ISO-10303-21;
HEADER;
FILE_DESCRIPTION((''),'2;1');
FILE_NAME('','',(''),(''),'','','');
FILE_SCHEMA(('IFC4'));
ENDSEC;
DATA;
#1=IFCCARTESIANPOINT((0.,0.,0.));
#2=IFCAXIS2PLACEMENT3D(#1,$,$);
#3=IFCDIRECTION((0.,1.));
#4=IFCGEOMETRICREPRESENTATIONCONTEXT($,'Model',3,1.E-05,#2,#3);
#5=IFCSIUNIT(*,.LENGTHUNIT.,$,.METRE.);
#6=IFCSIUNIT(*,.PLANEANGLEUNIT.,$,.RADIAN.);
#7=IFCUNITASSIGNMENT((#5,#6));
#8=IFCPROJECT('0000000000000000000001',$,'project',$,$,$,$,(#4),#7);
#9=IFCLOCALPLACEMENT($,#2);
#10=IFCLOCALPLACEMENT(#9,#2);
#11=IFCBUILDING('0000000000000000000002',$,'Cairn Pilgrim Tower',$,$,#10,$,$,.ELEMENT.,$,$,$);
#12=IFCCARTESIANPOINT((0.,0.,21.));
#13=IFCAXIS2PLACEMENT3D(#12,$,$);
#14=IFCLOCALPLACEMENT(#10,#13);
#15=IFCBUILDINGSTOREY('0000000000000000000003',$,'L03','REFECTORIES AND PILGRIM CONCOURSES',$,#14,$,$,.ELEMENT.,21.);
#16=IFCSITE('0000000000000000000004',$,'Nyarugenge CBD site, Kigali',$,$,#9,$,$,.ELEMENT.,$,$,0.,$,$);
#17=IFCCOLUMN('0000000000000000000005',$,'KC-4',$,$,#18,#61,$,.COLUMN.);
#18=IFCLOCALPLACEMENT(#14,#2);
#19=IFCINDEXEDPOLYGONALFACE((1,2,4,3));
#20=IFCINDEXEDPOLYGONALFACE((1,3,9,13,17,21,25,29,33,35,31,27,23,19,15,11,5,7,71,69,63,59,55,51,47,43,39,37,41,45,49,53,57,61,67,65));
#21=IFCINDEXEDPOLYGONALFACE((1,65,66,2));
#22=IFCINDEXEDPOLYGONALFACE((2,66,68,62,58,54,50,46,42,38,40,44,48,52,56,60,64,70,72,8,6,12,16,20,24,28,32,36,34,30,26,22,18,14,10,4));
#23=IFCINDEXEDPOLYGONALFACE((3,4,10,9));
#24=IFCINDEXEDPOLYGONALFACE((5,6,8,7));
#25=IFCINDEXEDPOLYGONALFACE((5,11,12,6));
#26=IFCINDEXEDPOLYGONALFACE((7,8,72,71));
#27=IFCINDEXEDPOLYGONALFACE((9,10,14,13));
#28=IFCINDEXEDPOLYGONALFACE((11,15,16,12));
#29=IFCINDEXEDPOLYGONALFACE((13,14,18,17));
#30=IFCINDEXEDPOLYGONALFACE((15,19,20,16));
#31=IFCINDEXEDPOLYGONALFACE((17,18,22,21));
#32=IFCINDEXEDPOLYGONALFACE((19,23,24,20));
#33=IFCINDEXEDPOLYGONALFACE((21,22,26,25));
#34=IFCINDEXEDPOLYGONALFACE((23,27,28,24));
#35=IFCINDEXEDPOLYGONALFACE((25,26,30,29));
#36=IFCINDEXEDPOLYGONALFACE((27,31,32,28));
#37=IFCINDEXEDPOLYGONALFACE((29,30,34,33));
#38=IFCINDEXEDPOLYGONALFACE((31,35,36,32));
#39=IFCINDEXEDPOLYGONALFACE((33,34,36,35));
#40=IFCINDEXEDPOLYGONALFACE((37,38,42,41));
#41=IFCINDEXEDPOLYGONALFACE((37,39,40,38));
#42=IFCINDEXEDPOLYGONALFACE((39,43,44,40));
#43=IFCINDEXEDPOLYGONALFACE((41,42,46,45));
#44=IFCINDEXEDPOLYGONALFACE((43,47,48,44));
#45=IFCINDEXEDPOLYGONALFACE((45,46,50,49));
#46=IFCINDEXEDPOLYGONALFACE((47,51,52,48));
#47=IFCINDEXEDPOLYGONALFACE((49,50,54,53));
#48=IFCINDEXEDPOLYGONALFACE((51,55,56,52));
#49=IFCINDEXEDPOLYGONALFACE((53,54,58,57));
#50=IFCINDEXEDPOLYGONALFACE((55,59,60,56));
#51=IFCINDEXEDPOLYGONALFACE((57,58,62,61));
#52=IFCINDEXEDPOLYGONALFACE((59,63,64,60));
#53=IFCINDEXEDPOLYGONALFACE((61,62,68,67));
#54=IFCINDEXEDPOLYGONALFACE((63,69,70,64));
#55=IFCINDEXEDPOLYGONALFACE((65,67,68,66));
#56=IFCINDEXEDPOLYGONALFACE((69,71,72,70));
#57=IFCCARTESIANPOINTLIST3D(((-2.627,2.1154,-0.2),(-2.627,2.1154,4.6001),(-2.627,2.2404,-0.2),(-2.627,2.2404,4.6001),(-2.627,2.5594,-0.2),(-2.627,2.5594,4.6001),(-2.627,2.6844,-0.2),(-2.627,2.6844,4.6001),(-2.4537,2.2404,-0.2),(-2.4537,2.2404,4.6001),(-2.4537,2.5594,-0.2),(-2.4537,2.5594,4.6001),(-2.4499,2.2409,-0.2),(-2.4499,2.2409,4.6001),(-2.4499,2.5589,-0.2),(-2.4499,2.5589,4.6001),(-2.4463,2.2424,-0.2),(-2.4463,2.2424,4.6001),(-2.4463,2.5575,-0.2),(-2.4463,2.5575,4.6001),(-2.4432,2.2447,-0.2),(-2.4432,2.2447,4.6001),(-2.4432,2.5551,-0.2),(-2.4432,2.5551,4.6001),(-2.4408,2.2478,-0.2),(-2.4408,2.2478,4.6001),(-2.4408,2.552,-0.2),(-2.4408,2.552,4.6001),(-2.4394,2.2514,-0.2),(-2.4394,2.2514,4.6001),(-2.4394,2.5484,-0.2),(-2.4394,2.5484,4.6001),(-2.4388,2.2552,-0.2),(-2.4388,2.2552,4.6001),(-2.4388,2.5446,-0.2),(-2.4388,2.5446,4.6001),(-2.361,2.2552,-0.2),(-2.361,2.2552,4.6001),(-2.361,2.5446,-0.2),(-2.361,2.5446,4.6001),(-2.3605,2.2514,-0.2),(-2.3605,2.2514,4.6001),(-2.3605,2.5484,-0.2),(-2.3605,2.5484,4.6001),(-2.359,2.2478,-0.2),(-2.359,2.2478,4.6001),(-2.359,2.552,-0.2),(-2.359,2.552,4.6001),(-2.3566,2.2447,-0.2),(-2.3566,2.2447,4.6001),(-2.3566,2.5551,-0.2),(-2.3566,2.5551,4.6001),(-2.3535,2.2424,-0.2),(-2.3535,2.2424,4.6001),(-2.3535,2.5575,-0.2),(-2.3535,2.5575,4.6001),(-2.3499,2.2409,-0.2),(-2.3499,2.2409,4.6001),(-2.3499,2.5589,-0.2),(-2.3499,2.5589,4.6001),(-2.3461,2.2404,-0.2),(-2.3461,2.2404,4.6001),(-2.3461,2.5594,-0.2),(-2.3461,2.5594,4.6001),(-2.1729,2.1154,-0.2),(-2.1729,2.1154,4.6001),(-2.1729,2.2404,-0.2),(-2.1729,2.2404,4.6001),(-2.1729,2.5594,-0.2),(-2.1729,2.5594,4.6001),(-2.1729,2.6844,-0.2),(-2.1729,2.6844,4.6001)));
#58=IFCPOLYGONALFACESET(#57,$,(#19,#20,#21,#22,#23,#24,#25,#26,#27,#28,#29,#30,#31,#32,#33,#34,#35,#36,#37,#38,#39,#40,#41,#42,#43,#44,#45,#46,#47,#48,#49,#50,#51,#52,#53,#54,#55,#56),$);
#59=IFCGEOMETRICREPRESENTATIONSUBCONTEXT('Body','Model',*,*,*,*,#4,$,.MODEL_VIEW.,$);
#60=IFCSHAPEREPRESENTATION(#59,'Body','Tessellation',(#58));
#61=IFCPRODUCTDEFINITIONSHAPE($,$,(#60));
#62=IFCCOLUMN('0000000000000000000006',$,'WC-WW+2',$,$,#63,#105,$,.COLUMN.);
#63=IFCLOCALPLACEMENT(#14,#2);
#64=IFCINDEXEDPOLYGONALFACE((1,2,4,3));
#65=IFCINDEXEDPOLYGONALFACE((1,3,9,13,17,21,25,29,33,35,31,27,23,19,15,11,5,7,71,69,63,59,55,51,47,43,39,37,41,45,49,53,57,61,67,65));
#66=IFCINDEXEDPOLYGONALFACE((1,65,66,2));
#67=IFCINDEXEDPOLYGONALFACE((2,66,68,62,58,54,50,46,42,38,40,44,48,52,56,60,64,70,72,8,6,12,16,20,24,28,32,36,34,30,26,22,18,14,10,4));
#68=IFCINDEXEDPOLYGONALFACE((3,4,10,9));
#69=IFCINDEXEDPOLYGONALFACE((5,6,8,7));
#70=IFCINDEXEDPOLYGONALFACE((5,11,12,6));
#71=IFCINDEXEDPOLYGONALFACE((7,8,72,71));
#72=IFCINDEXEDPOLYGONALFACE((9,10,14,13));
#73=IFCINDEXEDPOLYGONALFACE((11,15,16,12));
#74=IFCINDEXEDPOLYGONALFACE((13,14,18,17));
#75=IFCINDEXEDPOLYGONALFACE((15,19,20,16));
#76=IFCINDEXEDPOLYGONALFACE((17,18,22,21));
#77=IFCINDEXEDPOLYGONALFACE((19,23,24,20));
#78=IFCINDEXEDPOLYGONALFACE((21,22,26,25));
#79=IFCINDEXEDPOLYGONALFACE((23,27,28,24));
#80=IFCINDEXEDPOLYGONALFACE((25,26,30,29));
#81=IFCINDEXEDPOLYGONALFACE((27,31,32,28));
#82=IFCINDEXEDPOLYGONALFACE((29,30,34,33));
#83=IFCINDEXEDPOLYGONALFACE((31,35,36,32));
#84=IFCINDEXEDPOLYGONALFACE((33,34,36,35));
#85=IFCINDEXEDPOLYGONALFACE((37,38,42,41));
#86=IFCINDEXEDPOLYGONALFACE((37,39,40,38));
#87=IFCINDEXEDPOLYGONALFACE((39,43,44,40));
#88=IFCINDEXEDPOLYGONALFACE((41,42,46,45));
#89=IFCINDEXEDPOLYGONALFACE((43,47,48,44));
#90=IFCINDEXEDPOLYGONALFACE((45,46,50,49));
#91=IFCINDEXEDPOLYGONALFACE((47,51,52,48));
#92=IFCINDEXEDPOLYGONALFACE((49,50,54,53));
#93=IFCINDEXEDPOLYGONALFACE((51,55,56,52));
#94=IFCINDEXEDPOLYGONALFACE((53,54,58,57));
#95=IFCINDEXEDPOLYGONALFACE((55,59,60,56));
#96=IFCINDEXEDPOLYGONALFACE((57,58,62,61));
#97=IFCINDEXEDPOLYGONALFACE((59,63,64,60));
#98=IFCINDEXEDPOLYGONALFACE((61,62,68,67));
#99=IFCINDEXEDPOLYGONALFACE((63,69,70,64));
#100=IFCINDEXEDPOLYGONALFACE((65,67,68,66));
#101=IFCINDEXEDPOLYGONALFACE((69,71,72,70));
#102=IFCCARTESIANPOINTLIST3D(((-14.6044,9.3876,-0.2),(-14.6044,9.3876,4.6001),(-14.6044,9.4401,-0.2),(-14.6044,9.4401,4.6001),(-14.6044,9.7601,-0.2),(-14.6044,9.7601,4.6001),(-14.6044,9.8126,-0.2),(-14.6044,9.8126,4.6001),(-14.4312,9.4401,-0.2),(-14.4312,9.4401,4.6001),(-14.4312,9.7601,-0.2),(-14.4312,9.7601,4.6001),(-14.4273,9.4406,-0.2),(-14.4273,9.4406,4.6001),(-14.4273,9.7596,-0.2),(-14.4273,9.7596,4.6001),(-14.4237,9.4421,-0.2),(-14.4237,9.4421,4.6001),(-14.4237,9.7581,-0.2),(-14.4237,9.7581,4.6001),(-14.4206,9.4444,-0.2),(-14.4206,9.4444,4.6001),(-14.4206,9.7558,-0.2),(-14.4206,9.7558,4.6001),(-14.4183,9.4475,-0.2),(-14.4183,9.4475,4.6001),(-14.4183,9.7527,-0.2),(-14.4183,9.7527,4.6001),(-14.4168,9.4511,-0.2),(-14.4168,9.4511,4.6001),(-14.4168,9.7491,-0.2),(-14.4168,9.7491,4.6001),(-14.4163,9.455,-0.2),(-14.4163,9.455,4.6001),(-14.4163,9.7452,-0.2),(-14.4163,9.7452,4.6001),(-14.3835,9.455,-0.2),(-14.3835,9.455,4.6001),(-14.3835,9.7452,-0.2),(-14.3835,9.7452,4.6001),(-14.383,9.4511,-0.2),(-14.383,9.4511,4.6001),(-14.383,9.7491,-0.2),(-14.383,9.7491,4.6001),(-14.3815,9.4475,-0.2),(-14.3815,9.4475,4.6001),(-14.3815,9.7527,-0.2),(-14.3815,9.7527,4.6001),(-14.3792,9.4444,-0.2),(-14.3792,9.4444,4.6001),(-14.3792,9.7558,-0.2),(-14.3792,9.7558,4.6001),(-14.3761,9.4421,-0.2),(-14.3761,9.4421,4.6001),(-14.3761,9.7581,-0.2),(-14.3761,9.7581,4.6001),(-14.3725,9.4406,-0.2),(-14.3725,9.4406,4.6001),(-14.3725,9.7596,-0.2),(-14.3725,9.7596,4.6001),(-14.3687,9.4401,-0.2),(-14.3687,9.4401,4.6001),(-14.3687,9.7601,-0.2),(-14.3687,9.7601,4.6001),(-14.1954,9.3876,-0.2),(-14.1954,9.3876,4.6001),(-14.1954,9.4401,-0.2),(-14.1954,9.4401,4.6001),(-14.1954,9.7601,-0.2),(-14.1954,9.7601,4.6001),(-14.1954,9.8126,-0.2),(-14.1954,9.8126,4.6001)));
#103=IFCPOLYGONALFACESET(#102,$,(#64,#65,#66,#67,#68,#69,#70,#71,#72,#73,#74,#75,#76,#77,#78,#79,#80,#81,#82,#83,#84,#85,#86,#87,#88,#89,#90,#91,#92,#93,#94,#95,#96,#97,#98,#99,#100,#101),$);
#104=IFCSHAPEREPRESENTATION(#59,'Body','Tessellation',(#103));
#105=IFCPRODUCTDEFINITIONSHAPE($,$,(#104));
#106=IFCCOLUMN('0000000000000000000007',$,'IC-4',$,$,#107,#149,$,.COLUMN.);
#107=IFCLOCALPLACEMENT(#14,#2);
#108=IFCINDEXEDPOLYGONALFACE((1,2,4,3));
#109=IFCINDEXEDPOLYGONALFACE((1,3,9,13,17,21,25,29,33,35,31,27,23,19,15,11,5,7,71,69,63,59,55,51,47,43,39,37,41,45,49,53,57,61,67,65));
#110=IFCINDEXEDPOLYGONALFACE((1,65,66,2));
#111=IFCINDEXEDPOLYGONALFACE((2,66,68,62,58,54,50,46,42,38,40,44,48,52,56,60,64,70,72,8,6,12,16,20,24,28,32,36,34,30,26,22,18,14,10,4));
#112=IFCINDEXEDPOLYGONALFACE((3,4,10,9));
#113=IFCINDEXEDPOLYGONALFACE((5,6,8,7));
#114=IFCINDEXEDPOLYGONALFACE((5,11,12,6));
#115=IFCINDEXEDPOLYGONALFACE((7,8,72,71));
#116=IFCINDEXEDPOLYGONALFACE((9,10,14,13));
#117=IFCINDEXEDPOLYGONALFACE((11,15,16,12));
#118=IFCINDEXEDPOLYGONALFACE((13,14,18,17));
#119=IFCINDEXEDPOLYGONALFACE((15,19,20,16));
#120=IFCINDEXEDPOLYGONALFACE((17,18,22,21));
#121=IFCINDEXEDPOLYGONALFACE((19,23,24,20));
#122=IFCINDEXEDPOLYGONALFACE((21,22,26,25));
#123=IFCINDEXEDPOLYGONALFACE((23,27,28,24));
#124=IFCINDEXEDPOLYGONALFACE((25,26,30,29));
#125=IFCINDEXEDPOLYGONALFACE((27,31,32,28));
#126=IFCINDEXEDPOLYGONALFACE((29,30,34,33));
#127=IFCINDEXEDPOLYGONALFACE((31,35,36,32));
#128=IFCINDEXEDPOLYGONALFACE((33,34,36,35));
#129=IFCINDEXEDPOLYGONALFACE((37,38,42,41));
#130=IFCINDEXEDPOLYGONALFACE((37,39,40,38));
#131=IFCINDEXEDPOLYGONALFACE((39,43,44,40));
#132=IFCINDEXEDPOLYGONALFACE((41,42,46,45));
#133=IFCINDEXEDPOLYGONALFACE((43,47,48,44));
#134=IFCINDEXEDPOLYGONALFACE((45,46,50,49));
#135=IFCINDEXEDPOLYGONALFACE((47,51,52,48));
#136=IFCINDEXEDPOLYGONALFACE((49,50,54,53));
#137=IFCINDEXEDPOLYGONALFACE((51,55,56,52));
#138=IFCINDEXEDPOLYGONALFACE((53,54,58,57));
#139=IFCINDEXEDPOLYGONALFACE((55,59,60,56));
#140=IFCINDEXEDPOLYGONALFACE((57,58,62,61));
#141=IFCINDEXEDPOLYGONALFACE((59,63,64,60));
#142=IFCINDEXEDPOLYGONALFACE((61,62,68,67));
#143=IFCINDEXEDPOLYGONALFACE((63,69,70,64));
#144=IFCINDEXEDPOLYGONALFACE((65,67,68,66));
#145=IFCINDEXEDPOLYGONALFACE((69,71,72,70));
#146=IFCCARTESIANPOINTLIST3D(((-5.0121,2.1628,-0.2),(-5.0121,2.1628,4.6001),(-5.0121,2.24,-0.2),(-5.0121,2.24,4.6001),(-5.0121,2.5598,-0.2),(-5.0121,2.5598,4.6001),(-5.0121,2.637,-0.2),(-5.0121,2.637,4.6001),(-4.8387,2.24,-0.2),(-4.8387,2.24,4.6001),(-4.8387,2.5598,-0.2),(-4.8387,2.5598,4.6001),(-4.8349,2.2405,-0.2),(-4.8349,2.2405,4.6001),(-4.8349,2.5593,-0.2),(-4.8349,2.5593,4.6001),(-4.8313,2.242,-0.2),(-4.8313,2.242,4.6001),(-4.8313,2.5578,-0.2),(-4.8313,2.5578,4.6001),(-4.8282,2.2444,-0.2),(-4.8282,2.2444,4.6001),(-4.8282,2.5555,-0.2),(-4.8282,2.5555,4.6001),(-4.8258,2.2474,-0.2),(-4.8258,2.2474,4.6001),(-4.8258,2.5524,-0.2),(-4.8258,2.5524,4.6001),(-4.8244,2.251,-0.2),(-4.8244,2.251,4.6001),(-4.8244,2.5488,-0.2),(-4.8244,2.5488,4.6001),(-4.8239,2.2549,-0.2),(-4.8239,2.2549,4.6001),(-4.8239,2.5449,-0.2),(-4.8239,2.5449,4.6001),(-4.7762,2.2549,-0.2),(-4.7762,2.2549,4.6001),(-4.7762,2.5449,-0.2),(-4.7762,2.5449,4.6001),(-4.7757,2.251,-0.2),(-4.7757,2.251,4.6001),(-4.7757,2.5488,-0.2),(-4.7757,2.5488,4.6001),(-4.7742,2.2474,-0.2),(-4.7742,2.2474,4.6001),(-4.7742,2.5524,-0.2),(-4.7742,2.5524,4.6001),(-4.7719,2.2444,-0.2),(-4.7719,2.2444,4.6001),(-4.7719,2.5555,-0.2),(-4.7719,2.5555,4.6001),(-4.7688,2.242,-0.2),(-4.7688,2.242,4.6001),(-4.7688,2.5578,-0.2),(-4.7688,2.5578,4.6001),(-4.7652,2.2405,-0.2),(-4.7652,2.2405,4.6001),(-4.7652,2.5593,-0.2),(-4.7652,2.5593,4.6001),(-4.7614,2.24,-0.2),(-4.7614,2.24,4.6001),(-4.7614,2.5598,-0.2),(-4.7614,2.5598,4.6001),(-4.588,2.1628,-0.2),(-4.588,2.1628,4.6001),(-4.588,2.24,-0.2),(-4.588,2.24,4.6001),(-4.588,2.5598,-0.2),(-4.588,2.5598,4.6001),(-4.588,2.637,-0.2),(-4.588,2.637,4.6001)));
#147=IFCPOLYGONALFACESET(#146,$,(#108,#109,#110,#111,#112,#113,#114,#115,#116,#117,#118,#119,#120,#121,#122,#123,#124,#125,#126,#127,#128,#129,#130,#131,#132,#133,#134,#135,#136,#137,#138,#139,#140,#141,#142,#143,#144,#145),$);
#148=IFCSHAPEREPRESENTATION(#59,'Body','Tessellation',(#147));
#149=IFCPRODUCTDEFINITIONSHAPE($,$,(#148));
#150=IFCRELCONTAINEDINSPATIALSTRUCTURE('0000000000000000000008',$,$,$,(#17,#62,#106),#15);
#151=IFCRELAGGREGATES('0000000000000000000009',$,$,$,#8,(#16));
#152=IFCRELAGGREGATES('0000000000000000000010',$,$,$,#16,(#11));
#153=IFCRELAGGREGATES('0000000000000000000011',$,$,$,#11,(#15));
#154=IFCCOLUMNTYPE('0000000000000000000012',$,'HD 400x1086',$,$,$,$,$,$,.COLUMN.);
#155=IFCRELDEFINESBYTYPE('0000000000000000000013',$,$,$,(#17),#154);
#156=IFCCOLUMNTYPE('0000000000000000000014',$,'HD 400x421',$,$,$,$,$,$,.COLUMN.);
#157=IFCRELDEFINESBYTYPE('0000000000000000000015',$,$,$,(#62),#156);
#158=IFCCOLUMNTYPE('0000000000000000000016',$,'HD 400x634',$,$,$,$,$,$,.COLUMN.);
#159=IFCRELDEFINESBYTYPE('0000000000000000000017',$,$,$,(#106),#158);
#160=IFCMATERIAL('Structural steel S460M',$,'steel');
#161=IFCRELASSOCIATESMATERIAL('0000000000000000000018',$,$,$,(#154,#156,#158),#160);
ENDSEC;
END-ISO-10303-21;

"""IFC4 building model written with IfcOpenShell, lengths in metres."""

from ifc_helpers import new_model, si_unit, direction, frame, origin, origin_2d, place, context, subcontext, project, spatial, i_section, extrude, material, material_profile, profile_set, type_object, element, save


model = new_model("IFC4")

# Units and contexts
model_context = context("Model", 3, precision=1e-05, world=origin(), true_north=direction((0.0, 1.0)))
body_context = subcontext(model_context, "Body", "Model", "MODEL_VIEW")
ifc_project = project(units=[si_unit("LENGTHUNIT", "METRE"), si_unit("PLANEANGLEUNIT", "RADIAN")], contexts=[model_context])

# Site, building, storey
site_placement = place(None, origin())
site = spatial("IfcSite", under=ifc_project, at=site_placement, Name="Nyarugenge CBD site, Kigali", CompositionType="ELEMENT", RefElevation=0.0)
building_placement = place(site_placement, origin())
building = spatial("IfcBuilding", under=site, at=building_placement, Name="Cairn Pilgrim Tower", CompositionType="ELEMENT")
storey_placement = place(building_placement, frame((0.0, 0.0, 21.0)))
storey = spatial("IfcBuildingStorey", under=building, at=storey_placement, Name="L03", Description="REFECTORIES AND PILGRIM CONCOURSES", CompositionType="ELEMENT", Elevation=21.0)

# Columns
ifc_material_1 = material(Name="Structural steel S460M", Category="steel")
ifc_material_profile_1 = material_profile(ifc_material_1, i_section(OverallWidth=0.4541, OverallDepth=0.5691, WebThickness=0.0779, FlangeThickness=0.125, FilletRadius=0.0149, at=origin_2d()), Name="HD 400x1086")
ifc_profile_set_1 = profile_set([ifc_material_profile_1], Name="Structural steel S460M")
column_type_1 = type_object("IfcColumnType", Name="HD 400x1086", PredefinedType="COLUMN", material=ifc_profile_set_1)
column_1_placement = place(storey_placement, frame((-2.3999, 2.3999, -0.2), z_axis=(0.0, 0.0, 1.0), x_axis=(1.0, 0.0, 0.0)))
element("IfcColumn", 1, at=column_1_placement, inside=storey, type_object=column_type_1, Name="KC-4", PredefinedType="COLUMN", context=body_context, shape_type="SweptSolid", body=[
    extrude(i_section(OverallWidth=0.4541, OverallDepth=0.5691, WebThickness=0.0779, FlangeThickness=0.125, FilletRadius=0.0149, at=origin_2d()), origin(), (0.0, 0.0, 1.0), 4.8),
])
ifc_material_profile_2 = material_profile(ifc_material_1, i_section(OverallWidth=0.4089, OverallDepth=0.425, WebThickness=0.0327, FlangeThickness=0.0525, FilletRadius=0.0149, at=origin_2d()), Name="HD 400x421")
ifc_profile_set_2 = profile_set([ifc_material_profile_2], Name="Structural steel S460M")
column_type_2 = type_object("IfcColumnType", Name="HD 400x421", PredefinedType="COLUMN", material=ifc_profile_set_2)
column_2_placement = place(storey_placement, frame((-14.3999, 9.6001, -0.2), z_axis=(0.0, 0.0, 1.0), x_axis=(1.0, 0.0, 0.0)))
element("IfcColumn", 2, at=column_2_placement, inside=storey, type_object=column_type_2, Name="WC-WW+2", PredefinedType="COLUMN", context=body_context, shape_type="SweptSolid", body=[
    extrude(i_section(OverallWidth=0.4089, OverallDepth=0.425, WebThickness=0.0327, FlangeThickness=0.0525, FilletRadius=0.0149, at=origin_2d()), origin(), (0.0, 0.0, 1.0), 4.8),
])
ifc_material_profile_3 = material_profile(ifc_material_1, i_section(OverallWidth=0.4241, OverallDepth=0.4741, WebThickness=0.0476, FlangeThickness=0.0771, FilletRadius=0.0149, at=origin_2d()), Name="HD 400x634")
ifc_profile_set_3 = profile_set([ifc_material_profile_3], Name="Structural steel S460M")
column_type_3 = type_object("IfcColumnType", Name="HD 400x634", PredefinedType="COLUMN", material=ifc_profile_set_3)
column_3_placement = place(storey_placement, frame((-4.8, 2.3999, -0.2), z_axis=(0.0, 0.0, 1.0), x_axis=(1.0, 0.0, 0.0)))
element("IfcColumn", 3, at=column_3_placement, inside=storey, type_object=column_type_3, Name="IC-4", PredefinedType="COLUMN", context=body_context, shape_type="SweptSolid", body=[
    extrude(i_section(OverallWidth=0.4241, OverallDepth=0.4741, WebThickness=0.0476, FlangeThickness=0.0771, FilletRadius=0.0149, at=origin_2d()), origin(), (0.0, 0.0, 1.0), 4.8),
])

save(model, "model.ifc")
